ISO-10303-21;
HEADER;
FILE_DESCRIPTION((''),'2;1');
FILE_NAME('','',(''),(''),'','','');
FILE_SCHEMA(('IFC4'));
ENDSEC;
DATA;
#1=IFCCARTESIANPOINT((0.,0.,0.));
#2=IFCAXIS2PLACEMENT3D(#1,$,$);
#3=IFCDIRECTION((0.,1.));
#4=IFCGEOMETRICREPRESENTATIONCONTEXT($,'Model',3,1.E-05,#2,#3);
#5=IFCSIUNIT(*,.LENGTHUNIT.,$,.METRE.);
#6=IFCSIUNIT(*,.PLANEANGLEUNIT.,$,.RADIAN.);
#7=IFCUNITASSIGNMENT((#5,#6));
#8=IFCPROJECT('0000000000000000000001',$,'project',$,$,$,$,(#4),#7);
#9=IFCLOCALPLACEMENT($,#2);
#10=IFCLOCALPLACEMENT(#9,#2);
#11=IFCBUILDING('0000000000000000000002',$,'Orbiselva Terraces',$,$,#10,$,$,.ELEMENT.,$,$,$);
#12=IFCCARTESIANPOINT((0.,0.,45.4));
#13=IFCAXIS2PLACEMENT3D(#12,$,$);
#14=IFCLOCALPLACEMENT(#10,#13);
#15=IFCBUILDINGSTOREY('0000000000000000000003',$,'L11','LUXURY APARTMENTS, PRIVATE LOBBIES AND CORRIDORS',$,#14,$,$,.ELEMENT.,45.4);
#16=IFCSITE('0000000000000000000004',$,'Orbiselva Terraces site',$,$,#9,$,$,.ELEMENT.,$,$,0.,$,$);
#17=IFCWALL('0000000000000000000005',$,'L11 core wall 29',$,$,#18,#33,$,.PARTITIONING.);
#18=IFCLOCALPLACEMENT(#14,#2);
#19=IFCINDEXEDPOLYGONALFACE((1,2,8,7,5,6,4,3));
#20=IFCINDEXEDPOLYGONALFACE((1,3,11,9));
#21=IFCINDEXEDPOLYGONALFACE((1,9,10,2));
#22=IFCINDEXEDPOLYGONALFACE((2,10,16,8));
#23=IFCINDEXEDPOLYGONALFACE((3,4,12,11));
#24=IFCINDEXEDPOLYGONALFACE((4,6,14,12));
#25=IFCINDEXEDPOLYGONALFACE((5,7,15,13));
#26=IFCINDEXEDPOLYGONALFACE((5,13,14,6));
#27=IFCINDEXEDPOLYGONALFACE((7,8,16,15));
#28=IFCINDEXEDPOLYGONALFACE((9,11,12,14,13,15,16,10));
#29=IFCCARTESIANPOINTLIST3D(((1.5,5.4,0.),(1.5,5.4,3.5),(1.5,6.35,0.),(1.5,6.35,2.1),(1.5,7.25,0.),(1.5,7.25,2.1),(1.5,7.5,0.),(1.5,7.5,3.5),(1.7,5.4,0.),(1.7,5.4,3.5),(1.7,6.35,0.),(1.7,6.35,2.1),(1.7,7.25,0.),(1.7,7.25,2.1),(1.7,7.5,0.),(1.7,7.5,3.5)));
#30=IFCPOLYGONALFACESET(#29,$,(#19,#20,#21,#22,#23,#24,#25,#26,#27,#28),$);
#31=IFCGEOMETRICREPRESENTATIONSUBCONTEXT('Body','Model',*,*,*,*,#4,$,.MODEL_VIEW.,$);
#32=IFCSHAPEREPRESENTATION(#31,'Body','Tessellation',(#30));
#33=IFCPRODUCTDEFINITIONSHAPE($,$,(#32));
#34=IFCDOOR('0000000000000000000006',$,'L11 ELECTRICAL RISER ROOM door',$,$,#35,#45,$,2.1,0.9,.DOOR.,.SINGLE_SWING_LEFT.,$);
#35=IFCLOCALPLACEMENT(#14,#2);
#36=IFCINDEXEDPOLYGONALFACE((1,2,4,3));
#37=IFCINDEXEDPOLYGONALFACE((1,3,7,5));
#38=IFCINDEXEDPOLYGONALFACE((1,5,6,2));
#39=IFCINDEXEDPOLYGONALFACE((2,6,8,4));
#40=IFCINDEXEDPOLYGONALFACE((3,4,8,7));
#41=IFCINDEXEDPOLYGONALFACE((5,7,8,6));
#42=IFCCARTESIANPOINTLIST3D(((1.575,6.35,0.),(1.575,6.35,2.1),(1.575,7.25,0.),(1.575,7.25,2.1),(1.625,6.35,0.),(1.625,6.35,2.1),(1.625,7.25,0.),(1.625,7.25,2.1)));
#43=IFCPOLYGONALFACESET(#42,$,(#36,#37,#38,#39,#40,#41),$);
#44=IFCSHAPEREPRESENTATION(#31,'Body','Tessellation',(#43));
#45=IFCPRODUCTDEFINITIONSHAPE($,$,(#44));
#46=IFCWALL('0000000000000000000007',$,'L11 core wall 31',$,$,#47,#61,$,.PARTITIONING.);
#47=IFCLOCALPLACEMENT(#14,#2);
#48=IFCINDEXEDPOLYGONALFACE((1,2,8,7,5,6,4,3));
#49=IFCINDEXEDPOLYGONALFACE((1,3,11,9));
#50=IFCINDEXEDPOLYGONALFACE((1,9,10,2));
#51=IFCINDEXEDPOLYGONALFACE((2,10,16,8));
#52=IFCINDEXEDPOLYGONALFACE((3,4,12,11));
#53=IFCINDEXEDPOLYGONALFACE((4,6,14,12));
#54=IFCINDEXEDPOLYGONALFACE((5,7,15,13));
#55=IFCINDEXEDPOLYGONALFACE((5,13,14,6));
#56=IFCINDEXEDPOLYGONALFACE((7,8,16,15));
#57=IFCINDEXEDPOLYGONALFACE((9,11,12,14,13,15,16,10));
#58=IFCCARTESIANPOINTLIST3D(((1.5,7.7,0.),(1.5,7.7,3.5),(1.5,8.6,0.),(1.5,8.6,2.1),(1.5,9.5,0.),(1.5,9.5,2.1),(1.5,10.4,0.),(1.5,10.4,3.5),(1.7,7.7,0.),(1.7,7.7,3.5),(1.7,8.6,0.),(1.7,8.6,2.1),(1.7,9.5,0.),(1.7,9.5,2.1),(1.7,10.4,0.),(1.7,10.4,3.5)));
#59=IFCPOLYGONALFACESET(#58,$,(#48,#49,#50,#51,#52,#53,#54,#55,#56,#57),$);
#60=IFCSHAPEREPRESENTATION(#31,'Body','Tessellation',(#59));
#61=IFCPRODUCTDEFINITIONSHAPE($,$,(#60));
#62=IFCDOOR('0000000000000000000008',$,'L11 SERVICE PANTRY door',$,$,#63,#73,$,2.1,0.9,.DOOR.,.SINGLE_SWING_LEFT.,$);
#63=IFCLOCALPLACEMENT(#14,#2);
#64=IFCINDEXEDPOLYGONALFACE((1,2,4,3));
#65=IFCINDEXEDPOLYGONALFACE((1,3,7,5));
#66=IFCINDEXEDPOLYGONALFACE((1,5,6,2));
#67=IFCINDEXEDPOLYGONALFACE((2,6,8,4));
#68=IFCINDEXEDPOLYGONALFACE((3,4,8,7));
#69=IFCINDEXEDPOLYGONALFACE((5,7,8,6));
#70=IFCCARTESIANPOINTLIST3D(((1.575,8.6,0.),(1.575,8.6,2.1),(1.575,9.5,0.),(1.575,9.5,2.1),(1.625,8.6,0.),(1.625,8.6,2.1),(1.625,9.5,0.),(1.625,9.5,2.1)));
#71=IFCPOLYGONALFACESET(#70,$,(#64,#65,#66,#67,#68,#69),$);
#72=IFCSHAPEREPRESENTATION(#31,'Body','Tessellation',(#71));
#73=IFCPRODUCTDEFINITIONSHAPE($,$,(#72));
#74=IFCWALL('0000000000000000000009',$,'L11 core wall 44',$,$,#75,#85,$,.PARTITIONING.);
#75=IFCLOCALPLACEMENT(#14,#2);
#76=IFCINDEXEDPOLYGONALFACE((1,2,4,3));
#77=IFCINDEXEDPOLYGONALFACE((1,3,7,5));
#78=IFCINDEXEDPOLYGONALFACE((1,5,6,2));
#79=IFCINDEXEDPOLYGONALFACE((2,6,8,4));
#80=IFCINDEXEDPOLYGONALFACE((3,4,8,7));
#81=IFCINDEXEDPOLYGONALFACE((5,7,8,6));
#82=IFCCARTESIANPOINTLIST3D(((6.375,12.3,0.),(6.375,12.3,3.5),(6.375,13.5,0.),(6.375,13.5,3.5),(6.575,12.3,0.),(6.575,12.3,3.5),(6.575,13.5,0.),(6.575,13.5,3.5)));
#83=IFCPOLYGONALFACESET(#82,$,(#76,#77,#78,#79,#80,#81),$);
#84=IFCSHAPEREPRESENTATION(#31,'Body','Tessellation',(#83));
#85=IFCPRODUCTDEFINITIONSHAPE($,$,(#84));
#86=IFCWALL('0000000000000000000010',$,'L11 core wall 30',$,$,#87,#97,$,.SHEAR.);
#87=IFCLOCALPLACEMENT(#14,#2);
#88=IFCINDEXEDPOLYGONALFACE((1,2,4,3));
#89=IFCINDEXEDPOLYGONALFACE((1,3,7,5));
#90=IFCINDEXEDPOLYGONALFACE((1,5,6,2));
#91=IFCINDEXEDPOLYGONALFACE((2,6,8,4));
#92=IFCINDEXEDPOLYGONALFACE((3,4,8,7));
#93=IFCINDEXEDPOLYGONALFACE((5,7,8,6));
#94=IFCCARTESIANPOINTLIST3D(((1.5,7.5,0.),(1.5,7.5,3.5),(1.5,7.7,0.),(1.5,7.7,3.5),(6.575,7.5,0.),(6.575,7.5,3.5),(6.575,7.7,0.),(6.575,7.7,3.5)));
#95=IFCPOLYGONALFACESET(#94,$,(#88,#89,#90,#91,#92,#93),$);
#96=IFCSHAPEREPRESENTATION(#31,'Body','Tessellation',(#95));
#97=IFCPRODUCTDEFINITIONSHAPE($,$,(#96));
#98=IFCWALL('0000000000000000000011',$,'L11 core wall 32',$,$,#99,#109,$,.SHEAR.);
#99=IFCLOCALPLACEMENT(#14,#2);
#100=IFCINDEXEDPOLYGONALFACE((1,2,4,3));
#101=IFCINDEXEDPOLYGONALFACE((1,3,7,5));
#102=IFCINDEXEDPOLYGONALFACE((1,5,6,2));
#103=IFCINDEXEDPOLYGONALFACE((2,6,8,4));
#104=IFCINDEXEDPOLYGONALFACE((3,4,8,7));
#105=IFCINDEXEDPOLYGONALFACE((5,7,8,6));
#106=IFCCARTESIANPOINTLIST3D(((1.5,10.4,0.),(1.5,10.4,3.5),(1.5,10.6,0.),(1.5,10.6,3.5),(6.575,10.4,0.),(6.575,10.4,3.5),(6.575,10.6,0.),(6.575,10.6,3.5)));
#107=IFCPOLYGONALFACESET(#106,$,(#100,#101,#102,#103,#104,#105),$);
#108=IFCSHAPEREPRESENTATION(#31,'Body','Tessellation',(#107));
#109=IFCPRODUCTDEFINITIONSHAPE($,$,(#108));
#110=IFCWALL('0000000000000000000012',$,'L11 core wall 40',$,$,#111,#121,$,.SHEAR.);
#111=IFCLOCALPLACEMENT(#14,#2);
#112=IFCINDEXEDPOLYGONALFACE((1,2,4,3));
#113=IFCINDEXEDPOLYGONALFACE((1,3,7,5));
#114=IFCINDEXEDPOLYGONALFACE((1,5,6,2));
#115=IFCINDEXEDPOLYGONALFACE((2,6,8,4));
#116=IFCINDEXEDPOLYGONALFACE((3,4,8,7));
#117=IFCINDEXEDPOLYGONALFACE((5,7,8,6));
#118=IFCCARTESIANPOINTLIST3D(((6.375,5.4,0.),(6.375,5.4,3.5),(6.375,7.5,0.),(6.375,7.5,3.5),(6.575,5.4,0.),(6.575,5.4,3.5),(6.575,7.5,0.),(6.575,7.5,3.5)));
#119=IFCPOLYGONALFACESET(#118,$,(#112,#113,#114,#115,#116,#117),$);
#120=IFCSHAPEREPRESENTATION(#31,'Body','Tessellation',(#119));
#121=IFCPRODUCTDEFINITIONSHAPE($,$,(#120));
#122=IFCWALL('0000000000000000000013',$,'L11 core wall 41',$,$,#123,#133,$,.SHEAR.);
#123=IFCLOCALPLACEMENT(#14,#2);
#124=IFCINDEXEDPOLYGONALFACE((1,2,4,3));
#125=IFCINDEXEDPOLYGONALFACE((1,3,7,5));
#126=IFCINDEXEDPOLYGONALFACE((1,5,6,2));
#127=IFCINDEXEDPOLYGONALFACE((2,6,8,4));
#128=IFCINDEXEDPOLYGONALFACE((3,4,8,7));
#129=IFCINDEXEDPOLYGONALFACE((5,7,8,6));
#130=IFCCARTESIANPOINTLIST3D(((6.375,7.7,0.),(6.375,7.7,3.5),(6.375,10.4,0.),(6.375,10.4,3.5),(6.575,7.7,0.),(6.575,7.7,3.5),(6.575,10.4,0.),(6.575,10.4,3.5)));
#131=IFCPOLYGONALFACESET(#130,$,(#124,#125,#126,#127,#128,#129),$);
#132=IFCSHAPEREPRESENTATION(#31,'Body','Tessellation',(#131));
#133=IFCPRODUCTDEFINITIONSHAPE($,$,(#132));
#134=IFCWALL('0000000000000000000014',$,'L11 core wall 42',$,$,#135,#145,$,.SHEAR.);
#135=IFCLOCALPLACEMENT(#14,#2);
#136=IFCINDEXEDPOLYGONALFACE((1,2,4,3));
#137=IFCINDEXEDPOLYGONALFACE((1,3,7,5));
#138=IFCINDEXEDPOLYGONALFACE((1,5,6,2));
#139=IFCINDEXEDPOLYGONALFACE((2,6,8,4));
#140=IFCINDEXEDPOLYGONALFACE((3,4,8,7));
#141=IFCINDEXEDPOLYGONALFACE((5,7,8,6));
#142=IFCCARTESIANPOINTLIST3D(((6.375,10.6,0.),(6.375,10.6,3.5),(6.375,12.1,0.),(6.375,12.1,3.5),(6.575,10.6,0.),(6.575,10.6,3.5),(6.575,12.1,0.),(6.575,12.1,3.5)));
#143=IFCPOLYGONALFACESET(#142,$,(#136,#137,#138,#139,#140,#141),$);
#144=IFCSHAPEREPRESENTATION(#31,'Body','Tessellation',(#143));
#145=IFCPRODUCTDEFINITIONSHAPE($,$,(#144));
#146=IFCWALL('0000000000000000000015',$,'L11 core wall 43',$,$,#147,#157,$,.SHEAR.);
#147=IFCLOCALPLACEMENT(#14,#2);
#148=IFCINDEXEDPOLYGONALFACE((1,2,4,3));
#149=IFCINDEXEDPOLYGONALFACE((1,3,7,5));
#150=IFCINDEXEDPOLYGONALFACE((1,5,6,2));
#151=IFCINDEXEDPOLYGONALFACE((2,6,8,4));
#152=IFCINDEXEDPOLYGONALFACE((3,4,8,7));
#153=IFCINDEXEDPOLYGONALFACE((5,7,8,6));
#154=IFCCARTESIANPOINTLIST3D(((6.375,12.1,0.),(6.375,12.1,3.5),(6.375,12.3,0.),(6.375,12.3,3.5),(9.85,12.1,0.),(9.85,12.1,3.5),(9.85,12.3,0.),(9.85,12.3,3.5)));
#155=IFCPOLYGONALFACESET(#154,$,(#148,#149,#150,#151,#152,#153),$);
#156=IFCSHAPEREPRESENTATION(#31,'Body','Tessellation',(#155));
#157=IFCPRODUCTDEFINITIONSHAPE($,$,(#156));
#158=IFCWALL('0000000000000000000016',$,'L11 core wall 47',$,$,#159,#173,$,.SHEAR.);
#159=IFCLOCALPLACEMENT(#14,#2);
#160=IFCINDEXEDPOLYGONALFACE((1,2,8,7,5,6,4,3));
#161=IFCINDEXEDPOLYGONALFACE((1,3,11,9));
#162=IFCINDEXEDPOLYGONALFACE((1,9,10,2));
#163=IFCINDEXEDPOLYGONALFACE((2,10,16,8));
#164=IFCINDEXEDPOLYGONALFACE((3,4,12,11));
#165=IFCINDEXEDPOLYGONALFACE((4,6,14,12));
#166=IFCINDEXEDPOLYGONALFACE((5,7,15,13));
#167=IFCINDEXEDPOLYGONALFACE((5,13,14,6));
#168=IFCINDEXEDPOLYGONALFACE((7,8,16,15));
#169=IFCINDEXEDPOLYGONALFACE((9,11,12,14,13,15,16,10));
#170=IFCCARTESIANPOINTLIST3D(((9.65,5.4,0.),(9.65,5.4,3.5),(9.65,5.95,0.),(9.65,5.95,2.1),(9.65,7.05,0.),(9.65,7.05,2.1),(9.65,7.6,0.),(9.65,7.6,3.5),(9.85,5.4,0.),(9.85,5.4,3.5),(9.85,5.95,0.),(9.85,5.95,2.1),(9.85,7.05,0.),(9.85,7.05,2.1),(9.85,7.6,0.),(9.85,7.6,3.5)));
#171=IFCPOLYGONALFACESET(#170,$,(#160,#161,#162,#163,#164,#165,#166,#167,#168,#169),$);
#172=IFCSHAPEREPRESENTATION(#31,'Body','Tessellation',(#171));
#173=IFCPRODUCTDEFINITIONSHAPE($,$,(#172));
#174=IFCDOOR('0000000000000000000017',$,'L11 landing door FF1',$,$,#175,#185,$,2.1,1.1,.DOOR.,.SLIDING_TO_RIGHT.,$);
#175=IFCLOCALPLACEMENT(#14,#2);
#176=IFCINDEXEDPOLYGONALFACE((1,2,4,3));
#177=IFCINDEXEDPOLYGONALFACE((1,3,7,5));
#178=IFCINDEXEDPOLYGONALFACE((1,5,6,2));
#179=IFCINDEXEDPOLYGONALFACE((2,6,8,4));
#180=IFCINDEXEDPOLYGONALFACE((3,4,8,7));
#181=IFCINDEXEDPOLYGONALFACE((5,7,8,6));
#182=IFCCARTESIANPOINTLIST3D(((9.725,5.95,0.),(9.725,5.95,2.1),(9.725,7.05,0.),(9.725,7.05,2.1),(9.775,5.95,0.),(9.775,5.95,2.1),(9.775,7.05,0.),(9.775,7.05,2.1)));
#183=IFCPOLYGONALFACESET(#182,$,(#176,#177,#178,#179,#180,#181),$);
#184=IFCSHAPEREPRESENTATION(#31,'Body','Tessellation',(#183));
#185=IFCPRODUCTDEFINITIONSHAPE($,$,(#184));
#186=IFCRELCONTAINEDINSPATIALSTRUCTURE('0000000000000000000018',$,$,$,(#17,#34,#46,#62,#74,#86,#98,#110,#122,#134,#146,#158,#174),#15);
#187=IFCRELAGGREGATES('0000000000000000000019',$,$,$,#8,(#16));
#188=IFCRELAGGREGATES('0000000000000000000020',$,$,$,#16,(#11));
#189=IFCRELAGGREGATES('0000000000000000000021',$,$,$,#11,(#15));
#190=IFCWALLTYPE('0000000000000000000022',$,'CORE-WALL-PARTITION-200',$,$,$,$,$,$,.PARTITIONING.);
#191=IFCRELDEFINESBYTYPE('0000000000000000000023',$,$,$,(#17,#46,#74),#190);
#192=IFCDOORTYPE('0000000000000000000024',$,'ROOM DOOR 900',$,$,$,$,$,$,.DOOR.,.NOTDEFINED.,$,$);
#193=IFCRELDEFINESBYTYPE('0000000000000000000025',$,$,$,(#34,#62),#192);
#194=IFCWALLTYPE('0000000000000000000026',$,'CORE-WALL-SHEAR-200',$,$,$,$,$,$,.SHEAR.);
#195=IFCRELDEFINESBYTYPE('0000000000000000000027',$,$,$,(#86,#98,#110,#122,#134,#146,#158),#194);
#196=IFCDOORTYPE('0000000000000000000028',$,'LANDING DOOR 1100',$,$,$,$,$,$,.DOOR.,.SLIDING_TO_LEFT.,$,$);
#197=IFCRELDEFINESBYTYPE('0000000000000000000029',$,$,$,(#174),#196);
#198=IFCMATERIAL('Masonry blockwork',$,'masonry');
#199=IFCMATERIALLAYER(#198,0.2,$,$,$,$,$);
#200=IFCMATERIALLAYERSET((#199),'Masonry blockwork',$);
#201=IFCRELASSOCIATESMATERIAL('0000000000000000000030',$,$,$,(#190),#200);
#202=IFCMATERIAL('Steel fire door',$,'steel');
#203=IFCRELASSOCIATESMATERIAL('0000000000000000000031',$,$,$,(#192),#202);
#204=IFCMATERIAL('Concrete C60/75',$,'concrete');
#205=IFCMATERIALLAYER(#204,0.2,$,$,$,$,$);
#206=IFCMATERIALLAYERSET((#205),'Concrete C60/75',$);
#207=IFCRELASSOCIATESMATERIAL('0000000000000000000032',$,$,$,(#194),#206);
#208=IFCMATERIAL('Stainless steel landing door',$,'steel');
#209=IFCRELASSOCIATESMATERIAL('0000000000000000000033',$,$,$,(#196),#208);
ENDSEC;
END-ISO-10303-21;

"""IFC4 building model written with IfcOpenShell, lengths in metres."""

from ifc_helpers import new_model, si_unit, direction, frame, frame_2d, origin, place, context, subcontext, project, spatial, rectangle, extrude, material, layer, layer_set, type_object, element, fill, save


model = new_model("IFC4")

# Units and contexts
model_context = context("Model", 3, precision=1e-05, world=origin(), true_north=direction((0.0, 1.0)))
body_context = subcontext(model_context, "Body", "Model", "MODEL_VIEW")
ifc_project = project(units=[si_unit("LENGTHUNIT", "METRE"), si_unit("PLANEANGLEUNIT", "RADIAN")], contexts=[model_context])

# Site, building, storey
site_placement = place(None, origin())
site = spatial("IfcSite", under=ifc_project, at=site_placement, Name="Orbiselva Terraces site", CompositionType="ELEMENT", RefElevation=0.0)
building_placement = place(site_placement, origin())
building = spatial("IfcBuilding", under=site, at=building_placement, Name="Orbiselva Terraces", CompositionType="ELEMENT")
storey_placement = place(building_placement, frame((0.0, 0.0, 45.4)))
storey = spatial("IfcBuildingStorey", under=building, at=storey_placement, Name="L11", Description="LUXURY APARTMENTS, PRIVATE LOBBIES AND CORRIDORS", CompositionType="ELEMENT", Elevation=45.4)

# Walls, openings, doors
ifc_material_1 = material(Name="Masonry blockwork", Category="masonry")
ifc_layer_1 = layer(ifc_material_1, 0.2)
ifc_layer_set_1 = layer_set([ifc_layer_1], Name="Masonry blockwork")
wall_type_1 = type_object("IfcWallType", Name="CORE-WALL-PARTITION-200", PredefinedType="PARTITIONING", material=ifc_layer_set_1)
wall_1_placement = place(storey_placement, frame((1.6, 7.5, 0.0), z_axis=(0.0, 0.0, 1.0), x_axis=(0.0, -1.0, 0.0)))
wall_1 = element("IfcWall", 1, at=wall_1_placement, inside=storey, type_object=wall_type_1, Name="L11 core wall 29", PredefinedType="PARTITIONING", context=body_context, shape_type="SweptSolid", body=[
    extrude(rectangle(XDim=2.1, YDim=0.2, at=frame_2d((1.05, 0.0))), origin(), (0.0, 0.0, 1.0), 3.5),
])
opening_1_placement = place(wall_1_placement, frame((0.25, 0.0, 0.0)))
opening_1 = element("IfcOpeningElement", 2, at=opening_1_placement, cuts=wall_1, PredefinedType="OPENING", context=body_context, shape_type="SweptSolid", body=[
    extrude(rectangle(XDim=0.9, YDim=2.1, at=frame_2d((0.45, 1.05))), frame((0.0, 0.11, 0.0), z_axis=(0.0, -1.0, 0.0), x_axis=(1.0, 0.0, 0.0)), (0.0, 0.0, 1.0), 0.22),
])
ifc_material_2 = material(Name="Steel fire door", Category="steel")
door_type_1 = type_object("IfcDoorType", Name="ROOM DOOR 900", OperationType="NOTDEFINED", PredefinedType="DOOR", material=ifc_material_2)
door_1_placement = place(opening_1_placement, origin())
door_1 = element("IfcDoor", 3, at=door_1_placement, inside=storey, type_object=door_type_1, Name="L11 ELECTRICAL RISER ROOM door", OperationType="SINGLE_SWING_LEFT", OverallHeight=2.1, OverallWidth=0.9, PredefinedType="DOOR", context=body_context, shape_type="SweptSolid", body=[
    extrude(rectangle(XDim=0.9, YDim=2.1, at=frame_2d((0.45, 1.05))), frame((0.0, 0.025, 0.0), z_axis=(0.0, -1.0, 0.0), x_axis=(1.0, 0.0, 0.0)), (0.0, 0.0, 1.0), 0.05),
])
fill(opening_1, door_1)
wall_2_placement = place(storey_placement, frame((1.6, 10.4, 0.0), z_axis=(0.0, 0.0, 1.0), x_axis=(0.0, -1.0, 0.0)))
wall_2 = element("IfcWall", 4, at=wall_2_placement, inside=storey, type_object=wall_type_1, Name="L11 core wall 31", PredefinedType="PARTITIONING", context=body_context, shape_type="SweptSolid", body=[
    extrude(rectangle(XDim=2.7, YDim=0.2, at=frame_2d((1.35, 0.0))), origin(), (0.0, 0.0, 1.0), 3.5),
])
opening_2_placement = place(wall_2_placement, frame((0.9, 0.0, 0.0)))
opening_2 = element("IfcOpeningElement", 5, at=opening_2_placement, cuts=wall_2, PredefinedType="OPENING", context=body_context, shape_type="SweptSolid", body=[
    extrude(rectangle(XDim=0.9, YDim=2.1, at=frame_2d((0.45, 1.05))), frame((0.0, 0.11, 0.0), z_axis=(0.0, -1.0, 0.0), x_axis=(1.0, 0.0, 0.0)), (0.0, 0.0, 1.0), 0.22),
])
door_2_placement = place(opening_2_placement, origin())
door_2 = element("IfcDoor", 6, at=door_2_placement, inside=storey, type_object=door_type_1, Name="L11 SERVICE PANTRY door", OperationType="SINGLE_SWING_LEFT", OverallHeight=2.1, OverallWidth=0.9, PredefinedType="DOOR", context=body_context, shape_type="SweptSolid", body=[
    extrude(rectangle(XDim=0.9, YDim=2.1, at=frame_2d((0.45, 1.05))), frame((0.0, 0.025, 0.0), z_axis=(0.0, -1.0, 0.0), x_axis=(1.0, 0.0, 0.0)), (0.0, 0.0, 1.0), 0.05),
])
fill(opening_2, door_2)

# Walls
wall_3_placement = place(storey_placement, frame((6.475, 12.3, 0.0), z_axis=(0.0, 0.0, 1.0), x_axis=(0.0, 1.0, 0.0)))
element("IfcWall", 7, at=wall_3_placement, inside=storey, type_object=wall_type_1, Name="L11 core wall 44", PredefinedType="PARTITIONING", context=body_context, shape_type="SweptSolid", body=[
    extrude(rectangle(XDim=1.2, YDim=0.2, at=frame_2d((0.6, 0.0))), origin(), (0.0, 0.0, 1.0), 3.5),
])
ifc_material_3 = material(Name="Concrete C60/75", Category="concrete")
ifc_layer_2 = layer(ifc_material_3, 0.2)
ifc_layer_set_2 = layer_set([ifc_layer_2], Name="Concrete C60/75")
wall_type_2 = type_object("IfcWallType", Name="CORE-WALL-SHEAR-200", PredefinedType="SHEAR", material=ifc_layer_set_2)
for number, where, z_axis, x_axis, name in (
    (8, (1.5, 7.6, 0.0), (0.0, 0.0, 1.0), (1.0, 0.0, 0.0), "L11 core wall 30"),
    (9, (1.5, 10.5, 0.0), (0.0, 0.0, 1.0), (1.0, 0.0, 0.0), "L11 core wall 32"),
):
    element("IfcWall", number, at=place(storey_placement, frame(where, z_axis=z_axis, x_axis=x_axis)), inside=storey, type_object=wall_type_2, Name=name, PredefinedType="SHEAR", context=body_context, shape_type="SweptSolid", body=[
        extrude(rectangle(XDim=5.075, YDim=0.2, at=frame_2d((2.5375, 0.0))), origin(), (0.0, 0.0, 1.0), 3.5),
    ])
wall_4_placement = place(storey_placement, frame((6.475, 5.4, 0.0), z_axis=(0.0, 0.0, 1.0), x_axis=(0.0, 1.0, 0.0)))
element("IfcWall", 10, at=wall_4_placement, inside=storey, type_object=wall_type_2, Name="L11 core wall 40", PredefinedType="SHEAR", context=body_context, shape_type="SweptSolid", body=[
    extrude(rectangle(XDim=2.1, YDim=0.2, at=frame_2d((1.05, 0.0))), origin(), (0.0, 0.0, 1.0), 3.5),
])
wall_5_placement = place(storey_placement, frame((6.475, 7.7, 0.0), z_axis=(0.0, 0.0, 1.0), x_axis=(0.0, 1.0, 0.0)))
element("IfcWall", 11, at=wall_5_placement, inside=storey, type_object=wall_type_2, Name="L11 core wall 41", PredefinedType="SHEAR", context=body_context, shape_type="SweptSolid", body=[
    extrude(rectangle(XDim=2.7, YDim=0.2, at=frame_2d((1.35, 0.0))), origin(), (0.0, 0.0, 1.0), 3.5),
])
wall_6_placement = place(storey_placement, frame((6.475, 10.6, 0.0), z_axis=(0.0, 0.0, 1.0), x_axis=(0.0, 1.0, 0.0)))
element("IfcWall", 12, at=wall_6_placement, inside=storey, type_object=wall_type_2, Name="L11 core wall 42", PredefinedType="SHEAR", context=body_context, shape_type="SweptSolid", body=[
    extrude(rectangle(XDim=1.5, YDim=0.2, at=frame_2d((0.75, 0.0))), origin(), (0.0, 0.0, 1.0), 3.5),
])
wall_7_placement = place(storey_placement, frame((6.375, 12.2, 0.0), z_axis=(0.0, 0.0, 1.0), x_axis=(1.0, 0.0, 0.0)))
element("IfcWall", 13, at=wall_7_placement, inside=storey, type_object=wall_type_2, Name="L11 core wall 43", PredefinedType="SHEAR", context=body_context, shape_type="SweptSolid", body=[
    extrude(rectangle(XDim=3.475, YDim=0.2, at=frame_2d((1.7375, 0.0))), origin(), (0.0, 0.0, 1.0), 3.5),
])

# Wall, opening, door
wall_8_placement = place(storey_placement, frame((9.75, 5.4, 0.0), z_axis=(0.0, 0.0, 1.0), x_axis=(0.0, 1.0, 0.0)))
wall_8 = element("IfcWall", 14, at=wall_8_placement, inside=storey, type_object=wall_type_2, Name="L11 core wall 47", PredefinedType="SHEAR", context=body_context, shape_type="SweptSolid", body=[
    extrude(rectangle(XDim=2.2, YDim=0.2, at=frame_2d((1.1, 0.0))), origin(), (0.0, 0.0, 1.0), 3.5),
])
opening_3_placement = place(wall_8_placement, frame((0.55, 0.0, 0.0)))
opening_3 = element("IfcOpeningElement", 15, at=opening_3_placement, cuts=wall_8, PredefinedType="OPENING", context=body_context, shape_type="SweptSolid", body=[
    extrude(rectangle(XDim=1.1, YDim=2.1, at=frame_2d((0.55, 1.05))), frame((0.0, 0.11, 0.0), z_axis=(0.0, -1.0, 0.0), x_axis=(1.0, 0.0, 0.0)), (0.0, 0.0, 1.0), 0.22),
])
ifc_material_4 = material(Name="Stainless steel landing door", Category="steel")
door_type_2 = type_object("IfcDoorType", Name="LANDING DOOR 1100", OperationType="SLIDING_TO_LEFT", PredefinedType="DOOR", material=ifc_material_4)
door_3_placement = place(opening_3_placement, origin())
door_3 = element("IfcDoor", 16, at=door_3_placement, inside=storey, type_object=door_type_2, Name="L11 landing door FF1", OperationType="SLIDING_TO_RIGHT", OverallHeight=2.1, OverallWidth=1.1, PredefinedType="DOOR", context=body_context, shape_type="SweptSolid", body=[
    extrude(rectangle(XDim=1.1, YDim=2.1, at=frame_2d((0.55, 1.05))), frame((0.0, 0.025, 0.0), z_axis=(0.0, -1.0, 0.0), x_axis=(1.0, 0.0, 0.0)), (0.0, 0.0, 1.0), 0.05),
])
fill(opening_3, door_3)

save(model, "model.ifc")
